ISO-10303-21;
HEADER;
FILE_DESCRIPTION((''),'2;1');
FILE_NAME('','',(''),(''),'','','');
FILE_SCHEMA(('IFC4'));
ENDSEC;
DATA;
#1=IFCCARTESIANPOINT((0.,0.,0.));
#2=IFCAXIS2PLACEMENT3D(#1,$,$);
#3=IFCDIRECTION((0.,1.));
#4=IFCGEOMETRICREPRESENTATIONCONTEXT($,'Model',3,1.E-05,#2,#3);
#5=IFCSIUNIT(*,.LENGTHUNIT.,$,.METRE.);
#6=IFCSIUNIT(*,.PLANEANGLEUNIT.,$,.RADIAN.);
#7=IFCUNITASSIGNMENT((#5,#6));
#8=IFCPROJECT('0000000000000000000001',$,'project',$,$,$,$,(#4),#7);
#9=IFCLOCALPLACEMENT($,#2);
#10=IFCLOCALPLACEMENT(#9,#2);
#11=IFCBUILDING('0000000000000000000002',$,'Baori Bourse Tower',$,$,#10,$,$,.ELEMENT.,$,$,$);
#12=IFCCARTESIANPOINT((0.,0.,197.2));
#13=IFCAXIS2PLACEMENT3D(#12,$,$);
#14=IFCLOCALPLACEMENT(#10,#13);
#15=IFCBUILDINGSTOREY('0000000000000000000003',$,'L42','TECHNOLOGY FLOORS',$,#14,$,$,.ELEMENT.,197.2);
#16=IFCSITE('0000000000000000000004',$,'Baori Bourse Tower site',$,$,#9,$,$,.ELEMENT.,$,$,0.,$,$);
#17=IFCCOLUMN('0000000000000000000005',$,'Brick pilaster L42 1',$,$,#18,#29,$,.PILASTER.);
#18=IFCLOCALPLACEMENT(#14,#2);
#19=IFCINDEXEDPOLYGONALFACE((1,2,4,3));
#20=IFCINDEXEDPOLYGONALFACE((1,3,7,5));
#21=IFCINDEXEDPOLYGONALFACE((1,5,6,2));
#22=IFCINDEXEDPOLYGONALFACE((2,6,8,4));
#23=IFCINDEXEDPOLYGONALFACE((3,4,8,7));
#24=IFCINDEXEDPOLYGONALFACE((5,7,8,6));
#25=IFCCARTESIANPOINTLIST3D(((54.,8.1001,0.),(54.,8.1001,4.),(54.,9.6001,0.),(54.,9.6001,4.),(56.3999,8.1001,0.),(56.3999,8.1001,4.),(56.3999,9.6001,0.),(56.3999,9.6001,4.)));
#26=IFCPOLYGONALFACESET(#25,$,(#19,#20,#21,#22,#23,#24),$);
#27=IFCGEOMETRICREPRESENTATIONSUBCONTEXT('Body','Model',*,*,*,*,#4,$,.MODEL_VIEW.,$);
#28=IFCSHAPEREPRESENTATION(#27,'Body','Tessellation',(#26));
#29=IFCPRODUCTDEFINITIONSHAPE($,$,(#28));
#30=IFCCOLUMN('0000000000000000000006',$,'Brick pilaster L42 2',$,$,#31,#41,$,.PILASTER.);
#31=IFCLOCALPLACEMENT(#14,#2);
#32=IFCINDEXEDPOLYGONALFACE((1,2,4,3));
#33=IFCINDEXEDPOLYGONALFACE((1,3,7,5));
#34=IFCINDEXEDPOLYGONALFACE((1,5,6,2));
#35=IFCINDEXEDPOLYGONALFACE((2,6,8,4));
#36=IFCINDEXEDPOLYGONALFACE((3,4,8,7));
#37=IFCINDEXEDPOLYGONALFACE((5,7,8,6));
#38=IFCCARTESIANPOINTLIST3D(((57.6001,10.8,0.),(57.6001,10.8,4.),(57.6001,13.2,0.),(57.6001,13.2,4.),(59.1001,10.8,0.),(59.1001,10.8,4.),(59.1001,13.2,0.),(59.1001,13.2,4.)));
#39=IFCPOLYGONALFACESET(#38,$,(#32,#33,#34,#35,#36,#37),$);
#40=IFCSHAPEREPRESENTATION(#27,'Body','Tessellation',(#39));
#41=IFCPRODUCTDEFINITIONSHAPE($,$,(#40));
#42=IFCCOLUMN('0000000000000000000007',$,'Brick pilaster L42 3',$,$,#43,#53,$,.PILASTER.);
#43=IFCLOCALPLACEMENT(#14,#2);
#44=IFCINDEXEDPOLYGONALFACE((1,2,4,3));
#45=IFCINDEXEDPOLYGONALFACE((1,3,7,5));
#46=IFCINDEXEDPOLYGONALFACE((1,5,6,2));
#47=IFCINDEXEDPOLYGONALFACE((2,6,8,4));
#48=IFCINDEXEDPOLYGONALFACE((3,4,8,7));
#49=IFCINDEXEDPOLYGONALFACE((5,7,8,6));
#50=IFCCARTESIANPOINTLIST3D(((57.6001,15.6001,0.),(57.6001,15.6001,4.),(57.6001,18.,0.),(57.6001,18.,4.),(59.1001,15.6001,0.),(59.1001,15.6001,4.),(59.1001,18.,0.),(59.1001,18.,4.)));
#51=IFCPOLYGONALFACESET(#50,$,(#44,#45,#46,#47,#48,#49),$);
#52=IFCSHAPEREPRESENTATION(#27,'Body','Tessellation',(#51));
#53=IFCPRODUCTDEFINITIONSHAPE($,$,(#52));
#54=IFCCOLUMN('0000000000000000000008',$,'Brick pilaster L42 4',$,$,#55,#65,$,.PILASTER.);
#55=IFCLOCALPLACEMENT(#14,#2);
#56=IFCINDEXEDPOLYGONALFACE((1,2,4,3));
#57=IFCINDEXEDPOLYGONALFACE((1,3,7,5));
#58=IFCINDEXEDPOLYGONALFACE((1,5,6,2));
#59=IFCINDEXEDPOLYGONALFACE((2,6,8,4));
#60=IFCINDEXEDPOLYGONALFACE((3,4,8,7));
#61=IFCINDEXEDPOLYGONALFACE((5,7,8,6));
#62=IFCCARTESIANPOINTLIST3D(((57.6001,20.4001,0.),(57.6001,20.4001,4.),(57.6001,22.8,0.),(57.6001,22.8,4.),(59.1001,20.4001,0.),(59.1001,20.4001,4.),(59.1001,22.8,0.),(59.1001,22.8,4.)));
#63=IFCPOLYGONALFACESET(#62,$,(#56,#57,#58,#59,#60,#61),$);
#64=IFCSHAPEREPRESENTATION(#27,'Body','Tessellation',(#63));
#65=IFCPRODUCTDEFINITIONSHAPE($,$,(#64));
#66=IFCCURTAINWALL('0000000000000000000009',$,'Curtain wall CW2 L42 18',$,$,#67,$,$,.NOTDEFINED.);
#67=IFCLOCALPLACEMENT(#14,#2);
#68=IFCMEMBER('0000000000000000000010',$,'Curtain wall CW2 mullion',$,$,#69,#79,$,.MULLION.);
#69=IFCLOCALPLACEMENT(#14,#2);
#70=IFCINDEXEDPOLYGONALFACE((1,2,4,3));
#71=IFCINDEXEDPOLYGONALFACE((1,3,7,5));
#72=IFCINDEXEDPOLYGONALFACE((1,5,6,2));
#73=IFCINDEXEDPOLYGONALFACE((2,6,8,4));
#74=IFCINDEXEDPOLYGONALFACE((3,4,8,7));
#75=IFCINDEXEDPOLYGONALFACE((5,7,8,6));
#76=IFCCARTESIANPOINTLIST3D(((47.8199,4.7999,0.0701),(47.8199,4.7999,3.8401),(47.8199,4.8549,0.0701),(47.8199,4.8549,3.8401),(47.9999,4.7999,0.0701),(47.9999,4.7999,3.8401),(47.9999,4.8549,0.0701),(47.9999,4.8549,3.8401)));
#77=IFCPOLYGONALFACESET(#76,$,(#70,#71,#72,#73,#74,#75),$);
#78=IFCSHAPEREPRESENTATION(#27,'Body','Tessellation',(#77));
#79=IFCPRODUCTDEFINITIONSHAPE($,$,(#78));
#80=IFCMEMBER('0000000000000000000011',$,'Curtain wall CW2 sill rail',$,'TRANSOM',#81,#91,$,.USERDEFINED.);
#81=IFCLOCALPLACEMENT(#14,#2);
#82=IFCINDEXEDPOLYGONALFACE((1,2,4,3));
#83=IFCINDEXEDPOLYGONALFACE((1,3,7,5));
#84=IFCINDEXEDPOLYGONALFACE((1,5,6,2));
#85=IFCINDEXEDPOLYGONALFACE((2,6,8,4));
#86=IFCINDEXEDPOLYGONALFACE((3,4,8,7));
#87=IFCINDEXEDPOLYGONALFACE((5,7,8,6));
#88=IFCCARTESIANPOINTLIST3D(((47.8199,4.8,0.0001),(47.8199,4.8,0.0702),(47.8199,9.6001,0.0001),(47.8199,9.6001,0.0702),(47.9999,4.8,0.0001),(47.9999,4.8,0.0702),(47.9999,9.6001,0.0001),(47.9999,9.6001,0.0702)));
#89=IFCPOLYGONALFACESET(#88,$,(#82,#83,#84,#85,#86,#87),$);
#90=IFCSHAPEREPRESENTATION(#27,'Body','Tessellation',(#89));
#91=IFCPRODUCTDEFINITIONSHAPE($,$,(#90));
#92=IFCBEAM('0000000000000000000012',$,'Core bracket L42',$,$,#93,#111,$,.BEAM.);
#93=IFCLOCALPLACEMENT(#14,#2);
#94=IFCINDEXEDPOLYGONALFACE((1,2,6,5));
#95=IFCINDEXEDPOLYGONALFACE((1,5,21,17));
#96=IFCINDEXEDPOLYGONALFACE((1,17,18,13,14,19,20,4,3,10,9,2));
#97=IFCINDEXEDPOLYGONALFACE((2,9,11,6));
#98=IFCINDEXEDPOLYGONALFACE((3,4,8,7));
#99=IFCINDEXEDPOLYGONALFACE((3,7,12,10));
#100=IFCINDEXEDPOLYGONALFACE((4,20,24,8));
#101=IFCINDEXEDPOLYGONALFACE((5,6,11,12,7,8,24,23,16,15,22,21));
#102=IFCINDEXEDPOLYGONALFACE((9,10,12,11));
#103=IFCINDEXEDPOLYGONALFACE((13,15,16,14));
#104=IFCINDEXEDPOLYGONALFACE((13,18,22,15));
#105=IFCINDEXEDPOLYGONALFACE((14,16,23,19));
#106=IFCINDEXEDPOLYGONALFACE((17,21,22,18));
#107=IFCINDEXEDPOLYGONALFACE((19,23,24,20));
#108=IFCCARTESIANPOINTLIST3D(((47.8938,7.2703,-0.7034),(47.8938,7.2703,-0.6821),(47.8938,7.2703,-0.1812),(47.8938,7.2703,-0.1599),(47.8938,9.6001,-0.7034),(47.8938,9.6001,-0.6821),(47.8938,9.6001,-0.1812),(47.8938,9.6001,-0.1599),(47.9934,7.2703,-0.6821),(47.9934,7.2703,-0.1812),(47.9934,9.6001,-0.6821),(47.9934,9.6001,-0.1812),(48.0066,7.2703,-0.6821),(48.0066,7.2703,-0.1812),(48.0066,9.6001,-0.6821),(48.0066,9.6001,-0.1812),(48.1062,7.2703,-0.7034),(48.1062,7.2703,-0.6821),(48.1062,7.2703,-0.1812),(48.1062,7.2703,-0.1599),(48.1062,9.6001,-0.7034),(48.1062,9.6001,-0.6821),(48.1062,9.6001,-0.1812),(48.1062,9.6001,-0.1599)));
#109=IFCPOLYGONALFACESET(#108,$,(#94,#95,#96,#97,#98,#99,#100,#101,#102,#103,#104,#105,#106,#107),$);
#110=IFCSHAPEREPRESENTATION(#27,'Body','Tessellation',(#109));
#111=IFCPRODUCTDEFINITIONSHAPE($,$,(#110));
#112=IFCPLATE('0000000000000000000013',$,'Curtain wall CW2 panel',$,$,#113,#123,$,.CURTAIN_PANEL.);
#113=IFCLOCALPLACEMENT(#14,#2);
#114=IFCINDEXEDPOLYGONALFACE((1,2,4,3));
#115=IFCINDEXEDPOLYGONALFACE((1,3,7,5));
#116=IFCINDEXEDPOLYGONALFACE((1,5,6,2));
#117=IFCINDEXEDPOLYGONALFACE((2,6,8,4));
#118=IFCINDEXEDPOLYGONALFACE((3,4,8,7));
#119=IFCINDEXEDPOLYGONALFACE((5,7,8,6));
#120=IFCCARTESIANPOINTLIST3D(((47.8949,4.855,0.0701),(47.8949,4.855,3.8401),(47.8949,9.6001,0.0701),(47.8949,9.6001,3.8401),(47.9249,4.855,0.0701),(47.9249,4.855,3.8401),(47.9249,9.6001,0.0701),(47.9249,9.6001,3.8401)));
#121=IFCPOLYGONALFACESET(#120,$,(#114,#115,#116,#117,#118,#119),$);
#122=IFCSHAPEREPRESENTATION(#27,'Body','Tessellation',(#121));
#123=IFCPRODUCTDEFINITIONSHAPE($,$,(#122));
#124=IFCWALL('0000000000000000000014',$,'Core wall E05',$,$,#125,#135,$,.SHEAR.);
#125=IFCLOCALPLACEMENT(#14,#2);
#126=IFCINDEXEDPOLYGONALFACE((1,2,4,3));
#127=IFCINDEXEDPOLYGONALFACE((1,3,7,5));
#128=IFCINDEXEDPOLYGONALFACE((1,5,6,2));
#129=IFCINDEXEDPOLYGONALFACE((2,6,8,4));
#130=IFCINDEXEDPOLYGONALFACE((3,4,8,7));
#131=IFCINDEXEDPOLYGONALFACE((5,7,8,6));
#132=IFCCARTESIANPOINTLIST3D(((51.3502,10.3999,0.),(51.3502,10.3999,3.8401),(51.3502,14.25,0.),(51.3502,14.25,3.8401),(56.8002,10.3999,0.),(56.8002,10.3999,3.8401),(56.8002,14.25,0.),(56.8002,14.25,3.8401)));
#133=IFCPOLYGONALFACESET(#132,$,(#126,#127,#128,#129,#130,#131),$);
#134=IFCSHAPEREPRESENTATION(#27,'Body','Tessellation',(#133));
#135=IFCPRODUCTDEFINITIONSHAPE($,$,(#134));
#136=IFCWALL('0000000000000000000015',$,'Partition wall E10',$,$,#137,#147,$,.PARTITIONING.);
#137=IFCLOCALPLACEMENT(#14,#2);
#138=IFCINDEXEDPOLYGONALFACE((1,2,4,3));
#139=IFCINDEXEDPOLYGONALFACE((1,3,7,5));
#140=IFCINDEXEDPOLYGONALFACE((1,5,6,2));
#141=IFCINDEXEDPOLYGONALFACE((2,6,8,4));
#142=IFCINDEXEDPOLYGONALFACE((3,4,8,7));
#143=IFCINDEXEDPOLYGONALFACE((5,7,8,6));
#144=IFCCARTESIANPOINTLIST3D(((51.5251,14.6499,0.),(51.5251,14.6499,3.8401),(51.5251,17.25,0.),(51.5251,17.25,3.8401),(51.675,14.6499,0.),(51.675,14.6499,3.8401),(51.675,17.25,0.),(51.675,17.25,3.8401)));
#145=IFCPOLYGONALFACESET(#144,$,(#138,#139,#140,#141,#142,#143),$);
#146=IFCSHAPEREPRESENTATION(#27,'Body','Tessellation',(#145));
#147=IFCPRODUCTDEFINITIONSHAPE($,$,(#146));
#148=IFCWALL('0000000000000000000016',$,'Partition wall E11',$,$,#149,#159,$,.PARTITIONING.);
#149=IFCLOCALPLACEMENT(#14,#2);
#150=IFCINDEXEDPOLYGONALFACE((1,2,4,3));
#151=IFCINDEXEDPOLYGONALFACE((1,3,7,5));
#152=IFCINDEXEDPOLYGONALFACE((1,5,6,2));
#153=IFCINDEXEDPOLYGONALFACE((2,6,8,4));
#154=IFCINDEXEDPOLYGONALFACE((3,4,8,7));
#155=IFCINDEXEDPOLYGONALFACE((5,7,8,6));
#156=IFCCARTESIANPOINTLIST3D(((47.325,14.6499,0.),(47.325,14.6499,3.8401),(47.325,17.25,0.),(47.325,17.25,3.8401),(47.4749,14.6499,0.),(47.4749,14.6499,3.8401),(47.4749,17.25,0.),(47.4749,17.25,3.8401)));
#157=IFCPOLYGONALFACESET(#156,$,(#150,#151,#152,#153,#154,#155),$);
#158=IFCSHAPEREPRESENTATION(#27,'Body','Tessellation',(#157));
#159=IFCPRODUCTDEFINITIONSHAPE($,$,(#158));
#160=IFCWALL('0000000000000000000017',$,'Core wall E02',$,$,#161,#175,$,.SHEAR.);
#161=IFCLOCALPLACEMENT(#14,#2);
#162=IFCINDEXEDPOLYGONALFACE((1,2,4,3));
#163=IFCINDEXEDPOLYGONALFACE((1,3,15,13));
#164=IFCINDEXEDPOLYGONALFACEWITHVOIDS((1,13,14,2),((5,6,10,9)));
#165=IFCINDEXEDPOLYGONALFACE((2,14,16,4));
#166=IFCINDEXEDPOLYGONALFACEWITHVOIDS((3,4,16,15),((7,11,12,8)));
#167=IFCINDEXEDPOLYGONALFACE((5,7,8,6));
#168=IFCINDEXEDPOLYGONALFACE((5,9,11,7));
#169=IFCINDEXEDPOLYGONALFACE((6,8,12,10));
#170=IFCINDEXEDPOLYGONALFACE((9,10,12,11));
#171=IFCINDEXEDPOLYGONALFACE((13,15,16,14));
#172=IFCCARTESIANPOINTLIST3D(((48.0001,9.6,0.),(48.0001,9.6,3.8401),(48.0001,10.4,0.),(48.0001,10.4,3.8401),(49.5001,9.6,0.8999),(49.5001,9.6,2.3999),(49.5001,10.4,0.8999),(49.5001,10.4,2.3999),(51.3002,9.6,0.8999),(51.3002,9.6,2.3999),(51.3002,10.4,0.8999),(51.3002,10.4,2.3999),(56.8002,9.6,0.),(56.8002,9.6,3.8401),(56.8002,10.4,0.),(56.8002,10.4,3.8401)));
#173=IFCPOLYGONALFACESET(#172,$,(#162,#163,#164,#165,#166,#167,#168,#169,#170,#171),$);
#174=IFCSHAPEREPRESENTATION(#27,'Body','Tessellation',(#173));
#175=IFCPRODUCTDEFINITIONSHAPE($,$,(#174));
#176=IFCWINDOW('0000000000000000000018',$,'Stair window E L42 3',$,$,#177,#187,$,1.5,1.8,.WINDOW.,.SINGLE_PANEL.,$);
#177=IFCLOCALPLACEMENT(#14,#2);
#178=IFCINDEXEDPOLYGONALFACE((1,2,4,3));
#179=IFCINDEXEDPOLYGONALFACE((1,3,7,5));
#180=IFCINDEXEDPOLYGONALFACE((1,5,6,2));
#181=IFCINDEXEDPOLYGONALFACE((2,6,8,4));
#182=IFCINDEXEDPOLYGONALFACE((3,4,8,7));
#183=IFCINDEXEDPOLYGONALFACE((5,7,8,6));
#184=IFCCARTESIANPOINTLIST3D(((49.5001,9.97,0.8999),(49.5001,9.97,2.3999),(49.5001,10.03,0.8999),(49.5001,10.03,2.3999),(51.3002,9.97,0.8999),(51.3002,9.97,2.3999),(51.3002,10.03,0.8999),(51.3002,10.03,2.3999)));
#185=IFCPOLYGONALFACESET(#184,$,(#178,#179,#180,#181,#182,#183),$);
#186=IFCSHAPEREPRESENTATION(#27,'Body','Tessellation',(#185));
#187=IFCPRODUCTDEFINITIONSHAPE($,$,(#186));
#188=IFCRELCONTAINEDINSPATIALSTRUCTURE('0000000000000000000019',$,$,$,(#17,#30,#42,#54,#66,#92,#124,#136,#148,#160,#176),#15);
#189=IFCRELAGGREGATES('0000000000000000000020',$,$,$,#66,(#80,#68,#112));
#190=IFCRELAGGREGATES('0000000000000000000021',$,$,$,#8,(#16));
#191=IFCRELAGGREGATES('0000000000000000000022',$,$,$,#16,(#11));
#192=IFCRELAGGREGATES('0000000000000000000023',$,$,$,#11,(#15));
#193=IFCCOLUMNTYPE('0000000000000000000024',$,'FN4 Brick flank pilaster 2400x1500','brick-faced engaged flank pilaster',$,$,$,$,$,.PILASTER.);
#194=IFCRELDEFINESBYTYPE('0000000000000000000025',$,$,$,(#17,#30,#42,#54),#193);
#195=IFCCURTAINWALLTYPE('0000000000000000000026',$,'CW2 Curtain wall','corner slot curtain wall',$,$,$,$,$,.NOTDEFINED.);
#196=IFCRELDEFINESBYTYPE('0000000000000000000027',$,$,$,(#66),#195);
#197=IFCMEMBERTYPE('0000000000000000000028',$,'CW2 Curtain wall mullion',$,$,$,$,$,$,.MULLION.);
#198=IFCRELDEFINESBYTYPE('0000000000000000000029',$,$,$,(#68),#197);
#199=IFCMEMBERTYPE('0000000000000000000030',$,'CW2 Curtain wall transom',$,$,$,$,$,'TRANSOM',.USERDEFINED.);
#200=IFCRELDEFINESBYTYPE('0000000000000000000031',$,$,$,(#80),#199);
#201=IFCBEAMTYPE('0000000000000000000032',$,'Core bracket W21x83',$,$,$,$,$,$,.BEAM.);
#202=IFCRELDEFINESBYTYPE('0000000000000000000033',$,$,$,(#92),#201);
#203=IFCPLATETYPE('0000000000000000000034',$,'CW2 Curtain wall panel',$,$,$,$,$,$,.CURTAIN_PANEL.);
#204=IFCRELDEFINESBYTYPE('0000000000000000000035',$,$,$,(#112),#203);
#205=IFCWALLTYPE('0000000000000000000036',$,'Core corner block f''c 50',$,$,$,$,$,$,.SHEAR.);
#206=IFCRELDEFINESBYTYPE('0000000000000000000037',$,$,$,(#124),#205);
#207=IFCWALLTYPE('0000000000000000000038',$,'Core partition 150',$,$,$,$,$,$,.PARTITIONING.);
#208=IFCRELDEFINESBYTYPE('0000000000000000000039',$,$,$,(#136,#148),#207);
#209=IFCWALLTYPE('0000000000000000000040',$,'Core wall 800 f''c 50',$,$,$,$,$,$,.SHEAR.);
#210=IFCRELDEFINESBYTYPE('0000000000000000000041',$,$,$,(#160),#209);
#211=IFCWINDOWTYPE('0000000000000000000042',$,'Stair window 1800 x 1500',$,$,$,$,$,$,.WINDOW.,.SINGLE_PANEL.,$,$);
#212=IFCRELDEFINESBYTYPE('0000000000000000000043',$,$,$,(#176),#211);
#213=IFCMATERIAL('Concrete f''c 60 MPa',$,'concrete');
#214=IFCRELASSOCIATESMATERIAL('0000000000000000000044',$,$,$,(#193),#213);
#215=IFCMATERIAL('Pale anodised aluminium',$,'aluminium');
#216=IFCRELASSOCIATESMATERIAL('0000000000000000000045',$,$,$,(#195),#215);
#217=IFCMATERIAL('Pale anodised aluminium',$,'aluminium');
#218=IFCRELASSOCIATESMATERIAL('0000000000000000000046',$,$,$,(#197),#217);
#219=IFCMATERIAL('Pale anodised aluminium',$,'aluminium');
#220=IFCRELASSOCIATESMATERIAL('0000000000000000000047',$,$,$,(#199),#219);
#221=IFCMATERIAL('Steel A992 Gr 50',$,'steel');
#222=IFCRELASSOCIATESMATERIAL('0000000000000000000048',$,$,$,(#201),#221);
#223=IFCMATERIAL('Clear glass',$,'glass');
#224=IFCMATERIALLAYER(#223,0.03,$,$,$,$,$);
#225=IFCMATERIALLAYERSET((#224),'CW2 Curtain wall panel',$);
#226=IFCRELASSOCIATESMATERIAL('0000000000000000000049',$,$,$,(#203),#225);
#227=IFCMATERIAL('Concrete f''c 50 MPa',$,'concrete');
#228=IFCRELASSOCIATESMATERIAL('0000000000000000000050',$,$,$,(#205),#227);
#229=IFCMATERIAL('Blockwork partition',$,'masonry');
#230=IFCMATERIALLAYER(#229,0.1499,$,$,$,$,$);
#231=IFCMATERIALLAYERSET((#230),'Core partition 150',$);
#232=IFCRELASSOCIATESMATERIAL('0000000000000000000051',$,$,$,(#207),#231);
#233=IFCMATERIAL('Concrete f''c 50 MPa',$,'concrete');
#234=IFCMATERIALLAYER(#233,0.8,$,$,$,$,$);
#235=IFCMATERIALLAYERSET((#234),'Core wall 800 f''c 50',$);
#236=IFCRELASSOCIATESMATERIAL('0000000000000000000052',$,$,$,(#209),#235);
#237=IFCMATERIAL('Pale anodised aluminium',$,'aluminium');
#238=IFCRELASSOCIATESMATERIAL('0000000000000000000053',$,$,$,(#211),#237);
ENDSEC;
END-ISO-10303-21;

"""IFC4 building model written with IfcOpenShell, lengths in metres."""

from ifc_helpers import new_model, si_unit, direction, frame, frame_2d, origin, origin_2d, place, context, subcontext, project, spatial, rectangle, i_section, extrude, material, layer, layer_set, material_profile, profile_set, type_object, element, fill, aggregate, save


model = new_model("IFC4")

# Units and contexts
model_context = context("Model", 3, precision=1e-05, world=origin(), true_north=direction((0.0, 1.0)))
body_context = subcontext(model_context, "Body", "Model", "MODEL_VIEW")
ifc_project = project(units=[si_unit("LENGTHUNIT", "METRE"), si_unit("PLANEANGLEUNIT", "RADIAN")], contexts=[model_context])

# Site, building, storey
site_placement = place(None, origin())
site = spatial("IfcSite", under=ifc_project, at=site_placement, Name="Baori Bourse Tower site", CompositionType="ELEMENT", RefElevation=0.0)
building_placement = place(site_placement, origin())
building = spatial("IfcBuilding", under=site, at=building_placement, Name="Baori Bourse Tower", CompositionType="ELEMENT")
storey_placement = place(building_placement, frame((0.0, 0.0, 197.2)))
storey = spatial("IfcBuildingStorey", under=building, at=storey_placement, Name="L42", Description="TECHNOLOGY FLOORS", CompositionType="ELEMENT", Elevation=197.2)

# Columns
ifc_material_1 = material(Name="Concrete f'c 60 MPa", Category="concrete")
ifc_material_profile_1 = material_profile(ifc_material_1, rectangle(XDim=2.3999, YDim=1.5, at=origin_2d()), Name="RC 2400x1500")
ifc_profile_set_1 = profile_set([ifc_material_profile_1], Name="Concrete f'c 60 MPa")
column_type = type_object("IfcColumnType", Name="FN4 Brick flank pilaster 2400x1500", Description="brick-faced engaged flank pilaster", PredefinedType="PILASTER", material=ifc_profile_set_1)
for number, where, z_axis, x_axis, name in (
    (1, (55.2, 8.8501, 0.0), (0.0, 0.0, 1.0), (1.0, 0.0, 0.0), "Brick pilaster L42 1"),
    (2, (58.3501, 12.0, 0.0), (0.0, 0.0, 1.0), (0.0, 1.0, 0.0), "Brick pilaster L42 2"),
    (3, (58.3501, 16.8, 0.0), (0.0, 0.0, 1.0), (0.0, 1.0, 0.0), "Brick pilaster L42 3"),
    (4, (58.3501, 21.6001, 0.0), (0.0, 0.0, 1.0), (0.0, 1.0, 0.0), "Brick pilaster L42 4"),
):
    element("IfcColumn", number, at=place(storey_placement, frame(where, z_axis=z_axis, x_axis=x_axis)), inside=storey, type_object=column_type, Name=name, PredefinedType="PILASTER", context=body_context, shape_type="SweptSolid", body=[
        extrude(rectangle(XDim=2.3999, YDim=1.5, at=origin_2d()), origin(), (0.0, 0.0, 1.0), 4.0),
    ])

# Curtain wall, members
ifc_material_2 = material(Name="Pale anodised aluminium", Category="aluminium")
curtain_wall_type = type_object("IfcCurtainWallType", Name="CW2 Curtain wall", Description="corner slot curtain wall", PredefinedType="NOTDEFINED", material=ifc_material_2)
curtain_wall_placement = place(storey_placement, origin())
curtain_wall = element("IfcCurtainWall", 5, at=curtain_wall_placement, inside=storey, type_object=curtain_wall_type, Name="Curtain wall CW2 L42 18", PredefinedType="NOTDEFINED")
ifc_material_3 = material(Name="Pale anodised aluminium", Category="aluminium")
ifc_material_profile_2 = material_profile(ifc_material_3, rectangle(XDim=0.1799, YDim=0.0549, at=origin_2d()), Name="Mullion 55x180")
ifc_profile_set_2 = profile_set([ifc_material_profile_2], Name="Pale anodised aluminium")
member_type_1 = type_object("IfcMemberType", Name="CW2 Curtain wall mullion", PredefinedType="MULLION", material=ifc_profile_set_2)
member_1_placement = place(storey_placement, frame((47.9099, 4.8274, 0.0701), z_axis=(0.0, 0.0, 1.0), x_axis=(-1.0, 0.0, 0.0)))
member_1 = element("IfcMember", 6, at=member_1_placement, type_object=member_type_1, Name="Curtain wall CW2 mullion", PredefinedType="MULLION", context=body_context, shape_type="SweptSolid", body=[
    extrude(rectangle(XDim=0.1799, YDim=0.0549, at=origin_2d()), origin(), (0.0, 0.0, 1.0), 3.77),
])
ifc_material_4 = material(Name="Pale anodised aluminium", Category="aluminium")
ifc_material_profile_3 = material_profile(ifc_material_4, rectangle(XDim=0.1799, YDim=0.0701, at=origin_2d()), Name="Transom 70x180")
ifc_profile_set_3 = profile_set([ifc_material_profile_3], Name="Pale anodised aluminium")
member_type_2 = type_object("IfcMemberType", Name="CW2 Curtain wall transom", ElementType="TRANSOM", PredefinedType="USERDEFINED", material=ifc_profile_set_3)
member_2_placement = place(storey_placement, frame((47.9099, 4.8, 0.0352), z_axis=(0.0, 1.0, 0.0), x_axis=(-1.0, 0.0, 0.0)))
member_2 = element("IfcMember", 7, at=member_2_placement, type_object=member_type_2, Name="Curtain wall CW2 sill rail", ObjectType="TRANSOM", PredefinedType="USERDEFINED", context=body_context, shape_type="SweptSolid", body=[
    extrude(rectangle(XDim=0.1799, YDim=0.0701, at=origin_2d()), origin(), (0.0, 0.0, 1.0), 4.8),
])

# Beam
ifc_material_5 = material(Name="Steel A992 Gr 50", Category="steel")
ifc_material_profile_4 = material_profile(ifc_material_5, i_section(OverallWidth=0.2124, OverallDepth=0.5435, WebThickness=0.0132, FlangeThickness=0.0212, at=origin_2d()), Name="W21x83")
ifc_profile_set_4 = profile_set([ifc_material_profile_4], Name="Steel A992 Gr 50")
beam_type = type_object("IfcBeamType", Name="Core bracket W21x83", PredefinedType="BEAM", material=ifc_profile_set_4)
beam_placement = place(storey_placement, frame((48.0, 7.2703, -0.4316), z_axis=(0.0, 1.0, 0.0), x_axis=(-1.0, 0.0, 0.0)))
element("IfcBeam", 8, at=beam_placement, inside=storey, type_object=beam_type, Name="Core bracket L42", PredefinedType="BEAM", context=body_context, shape_type="SweptSolid", body=[
    extrude(i_section(OverallWidth=0.2124, OverallDepth=0.5435, WebThickness=0.0132, FlangeThickness=0.0212, at=origin_2d()), origin(), (0.0, 0.0, 1.0), 2.3298),
])

# Plate
ifc_material_6 = material(Name="Clear glass", Category="glass")
ifc_layer_1 = layer(ifc_material_6, 0.03)
ifc_layer_set_1 = layer_set([ifc_layer_1], Name="CW2 Curtain wall panel")
plate_type = type_object("IfcPlateType", Name="CW2 Curtain wall panel", PredefinedType="CURTAIN_PANEL", material=ifc_layer_set_1)
plate_placement = place(storey_placement, frame((47.9099, 7.2275, 0.0701), z_axis=(0.0, 0.0, 1.0), x_axis=(0.0, 1.0, 0.0)))
plate = element("IfcPlate", 9, at=plate_placement, type_object=plate_type, Name="Curtain wall CW2 panel", PredefinedType="CURTAIN_PANEL", context=body_context, shape_type="SweptSolid", body=[
    extrude(rectangle(XDim=4.7451, YDim=0.03, at=origin_2d()), origin(), (0.0, 0.0, 1.0), 3.77),
])
aggregate(curtain_wall, [member_2, member_1, plate])

# Walls
ifc_material_7 = material(Name="Concrete f'c 50 MPa", Category="concrete")
wall_type_1 = type_object("IfcWallType", Name="Core corner block f'c 50", PredefinedType="SHEAR", material=ifc_material_7)
wall_1_placement = place(storey_placement, frame((51.3501, 12.325, 0.0), z_axis=(0.0, 0.0, 1.0), x_axis=(1.0, 0.0, 0.0)))
element("IfcWall", 10, at=wall_1_placement, inside=storey, type_object=wall_type_1, Name="Core wall E05", PredefinedType="SHEAR", context=body_context, shape_type="SweptSolid", body=[
    extrude(rectangle(XDim=5.45, YDim=3.8501, at=frame_2d((2.7251, 0.0))), origin(), (0.0, 0.0, 1.0), 3.8401),
])
ifc_material_8 = material(Name="Blockwork partition", Category="masonry")
ifc_layer_2 = layer(ifc_material_8, 0.1499)
ifc_layer_set_2 = layer_set([ifc_layer_2], Name="Core partition 150")
wall_type_2 = type_object("IfcWallType", Name="Core partition 150", PredefinedType="PARTITIONING", material=ifc_layer_set_2)
for number, where, z_axis, x_axis, name in (
    (11, (51.6001, 14.6499, 0.0), (0.0, 0.0, 1.0), (0.0, 1.0, 0.0), "Partition wall E10"),
    (12, (47.3999, 14.6499, 0.0), (0.0, 0.0, 1.0), (0.0, 1.0, 0.0), "Partition wall E11"),
):
    element("IfcWall", number, at=place(storey_placement, frame(where, z_axis=z_axis, x_axis=x_axis)), inside=storey, type_object=wall_type_2, Name=name, PredefinedType="PARTITIONING", context=body_context, shape_type="SweptSolid", body=[
        extrude(rectangle(XDim=2.6001, YDim=0.1499, at=frame_2d((1.3, 0.0))), origin(), (0.0, 0.0, 1.0), 3.8401),
    ])

# Wall, opening, window
ifc_material_9 = material(Name="Concrete f'c 50 MPa", Category="concrete")
ifc_layer_3 = layer(ifc_material_9, 0.8)
ifc_layer_set_3 = layer_set([ifc_layer_3], Name="Core wall 800 f'c 50")
wall_type_3 = type_object("IfcWallType", Name="Core wall 800 f'c 50", PredefinedType="SHEAR", material=ifc_layer_set_3)
wall_2_placement = place(storey_placement, frame((56.8, 10.0, 0.0), z_axis=(0.0, 0.0, 1.0), x_axis=(-1.0, 0.0, 0.0)))
wall_2 = element("IfcWall", 13, at=wall_2_placement, inside=storey, type_object=wall_type_3, Name="Core wall E02", PredefinedType="SHEAR", context=body_context, shape_type="SweptSolid", body=[
    extrude(rectangle(XDim=8.8, YDim=0.8, at=frame_2d((4.3999, 0.0))), origin(), (0.0, 0.0, 1.0), 3.8401),
])
opening_1_placement = place(wall_2_placement, frame((5.5, 0.0, 0.8999)))
opening_1 = element("IfcOpeningElement", 14, at=opening_1_placement, cuts=wall_2, PredefinedType="OPENING", context=body_context, shape_type="SweptSolid", body=[
    extrude(rectangle(XDim=1.8, YDim=1.5, at=frame_2d((0.8999, 0.75))), frame((0.0, 0.4099, 0.0), z_axis=(0.0, -1.0, 0.0), x_axis=(1.0, 0.0, 0.0)), (0.0, 0.0, 1.0), 0.8201),
])
ifc_material_10 = material(Name="Pale anodised aluminium", Category="aluminium")
window_type = type_object("IfcWindowType", Name="Stair window 1800 x 1500", PartitioningType="SINGLE_PANEL", PredefinedType="WINDOW", material=ifc_material_10)
window_placement = place(opening_1_placement, origin())
window = element("IfcWindow", 15, at=window_placement, inside=storey, type_object=window_type, Name="Stair window E L42 3", OverallHeight=1.5, OverallWidth=1.8, PartitioningType="SINGLE_PANEL", PredefinedType="WINDOW", context=body_context, shape_type="SweptSolid", body=[
    extrude(rectangle(XDim=1.8, YDim=1.5, at=frame_2d((0.8999, 0.75))), frame((0.0, 0.03, 0.0), z_axis=(0.0, -1.0, 0.0), x_axis=(1.0, 0.0, 0.0)), (0.0, 0.0, 1.0), 0.0601),
])
fill(opening_1, window)

save(model, "model.ifc")
